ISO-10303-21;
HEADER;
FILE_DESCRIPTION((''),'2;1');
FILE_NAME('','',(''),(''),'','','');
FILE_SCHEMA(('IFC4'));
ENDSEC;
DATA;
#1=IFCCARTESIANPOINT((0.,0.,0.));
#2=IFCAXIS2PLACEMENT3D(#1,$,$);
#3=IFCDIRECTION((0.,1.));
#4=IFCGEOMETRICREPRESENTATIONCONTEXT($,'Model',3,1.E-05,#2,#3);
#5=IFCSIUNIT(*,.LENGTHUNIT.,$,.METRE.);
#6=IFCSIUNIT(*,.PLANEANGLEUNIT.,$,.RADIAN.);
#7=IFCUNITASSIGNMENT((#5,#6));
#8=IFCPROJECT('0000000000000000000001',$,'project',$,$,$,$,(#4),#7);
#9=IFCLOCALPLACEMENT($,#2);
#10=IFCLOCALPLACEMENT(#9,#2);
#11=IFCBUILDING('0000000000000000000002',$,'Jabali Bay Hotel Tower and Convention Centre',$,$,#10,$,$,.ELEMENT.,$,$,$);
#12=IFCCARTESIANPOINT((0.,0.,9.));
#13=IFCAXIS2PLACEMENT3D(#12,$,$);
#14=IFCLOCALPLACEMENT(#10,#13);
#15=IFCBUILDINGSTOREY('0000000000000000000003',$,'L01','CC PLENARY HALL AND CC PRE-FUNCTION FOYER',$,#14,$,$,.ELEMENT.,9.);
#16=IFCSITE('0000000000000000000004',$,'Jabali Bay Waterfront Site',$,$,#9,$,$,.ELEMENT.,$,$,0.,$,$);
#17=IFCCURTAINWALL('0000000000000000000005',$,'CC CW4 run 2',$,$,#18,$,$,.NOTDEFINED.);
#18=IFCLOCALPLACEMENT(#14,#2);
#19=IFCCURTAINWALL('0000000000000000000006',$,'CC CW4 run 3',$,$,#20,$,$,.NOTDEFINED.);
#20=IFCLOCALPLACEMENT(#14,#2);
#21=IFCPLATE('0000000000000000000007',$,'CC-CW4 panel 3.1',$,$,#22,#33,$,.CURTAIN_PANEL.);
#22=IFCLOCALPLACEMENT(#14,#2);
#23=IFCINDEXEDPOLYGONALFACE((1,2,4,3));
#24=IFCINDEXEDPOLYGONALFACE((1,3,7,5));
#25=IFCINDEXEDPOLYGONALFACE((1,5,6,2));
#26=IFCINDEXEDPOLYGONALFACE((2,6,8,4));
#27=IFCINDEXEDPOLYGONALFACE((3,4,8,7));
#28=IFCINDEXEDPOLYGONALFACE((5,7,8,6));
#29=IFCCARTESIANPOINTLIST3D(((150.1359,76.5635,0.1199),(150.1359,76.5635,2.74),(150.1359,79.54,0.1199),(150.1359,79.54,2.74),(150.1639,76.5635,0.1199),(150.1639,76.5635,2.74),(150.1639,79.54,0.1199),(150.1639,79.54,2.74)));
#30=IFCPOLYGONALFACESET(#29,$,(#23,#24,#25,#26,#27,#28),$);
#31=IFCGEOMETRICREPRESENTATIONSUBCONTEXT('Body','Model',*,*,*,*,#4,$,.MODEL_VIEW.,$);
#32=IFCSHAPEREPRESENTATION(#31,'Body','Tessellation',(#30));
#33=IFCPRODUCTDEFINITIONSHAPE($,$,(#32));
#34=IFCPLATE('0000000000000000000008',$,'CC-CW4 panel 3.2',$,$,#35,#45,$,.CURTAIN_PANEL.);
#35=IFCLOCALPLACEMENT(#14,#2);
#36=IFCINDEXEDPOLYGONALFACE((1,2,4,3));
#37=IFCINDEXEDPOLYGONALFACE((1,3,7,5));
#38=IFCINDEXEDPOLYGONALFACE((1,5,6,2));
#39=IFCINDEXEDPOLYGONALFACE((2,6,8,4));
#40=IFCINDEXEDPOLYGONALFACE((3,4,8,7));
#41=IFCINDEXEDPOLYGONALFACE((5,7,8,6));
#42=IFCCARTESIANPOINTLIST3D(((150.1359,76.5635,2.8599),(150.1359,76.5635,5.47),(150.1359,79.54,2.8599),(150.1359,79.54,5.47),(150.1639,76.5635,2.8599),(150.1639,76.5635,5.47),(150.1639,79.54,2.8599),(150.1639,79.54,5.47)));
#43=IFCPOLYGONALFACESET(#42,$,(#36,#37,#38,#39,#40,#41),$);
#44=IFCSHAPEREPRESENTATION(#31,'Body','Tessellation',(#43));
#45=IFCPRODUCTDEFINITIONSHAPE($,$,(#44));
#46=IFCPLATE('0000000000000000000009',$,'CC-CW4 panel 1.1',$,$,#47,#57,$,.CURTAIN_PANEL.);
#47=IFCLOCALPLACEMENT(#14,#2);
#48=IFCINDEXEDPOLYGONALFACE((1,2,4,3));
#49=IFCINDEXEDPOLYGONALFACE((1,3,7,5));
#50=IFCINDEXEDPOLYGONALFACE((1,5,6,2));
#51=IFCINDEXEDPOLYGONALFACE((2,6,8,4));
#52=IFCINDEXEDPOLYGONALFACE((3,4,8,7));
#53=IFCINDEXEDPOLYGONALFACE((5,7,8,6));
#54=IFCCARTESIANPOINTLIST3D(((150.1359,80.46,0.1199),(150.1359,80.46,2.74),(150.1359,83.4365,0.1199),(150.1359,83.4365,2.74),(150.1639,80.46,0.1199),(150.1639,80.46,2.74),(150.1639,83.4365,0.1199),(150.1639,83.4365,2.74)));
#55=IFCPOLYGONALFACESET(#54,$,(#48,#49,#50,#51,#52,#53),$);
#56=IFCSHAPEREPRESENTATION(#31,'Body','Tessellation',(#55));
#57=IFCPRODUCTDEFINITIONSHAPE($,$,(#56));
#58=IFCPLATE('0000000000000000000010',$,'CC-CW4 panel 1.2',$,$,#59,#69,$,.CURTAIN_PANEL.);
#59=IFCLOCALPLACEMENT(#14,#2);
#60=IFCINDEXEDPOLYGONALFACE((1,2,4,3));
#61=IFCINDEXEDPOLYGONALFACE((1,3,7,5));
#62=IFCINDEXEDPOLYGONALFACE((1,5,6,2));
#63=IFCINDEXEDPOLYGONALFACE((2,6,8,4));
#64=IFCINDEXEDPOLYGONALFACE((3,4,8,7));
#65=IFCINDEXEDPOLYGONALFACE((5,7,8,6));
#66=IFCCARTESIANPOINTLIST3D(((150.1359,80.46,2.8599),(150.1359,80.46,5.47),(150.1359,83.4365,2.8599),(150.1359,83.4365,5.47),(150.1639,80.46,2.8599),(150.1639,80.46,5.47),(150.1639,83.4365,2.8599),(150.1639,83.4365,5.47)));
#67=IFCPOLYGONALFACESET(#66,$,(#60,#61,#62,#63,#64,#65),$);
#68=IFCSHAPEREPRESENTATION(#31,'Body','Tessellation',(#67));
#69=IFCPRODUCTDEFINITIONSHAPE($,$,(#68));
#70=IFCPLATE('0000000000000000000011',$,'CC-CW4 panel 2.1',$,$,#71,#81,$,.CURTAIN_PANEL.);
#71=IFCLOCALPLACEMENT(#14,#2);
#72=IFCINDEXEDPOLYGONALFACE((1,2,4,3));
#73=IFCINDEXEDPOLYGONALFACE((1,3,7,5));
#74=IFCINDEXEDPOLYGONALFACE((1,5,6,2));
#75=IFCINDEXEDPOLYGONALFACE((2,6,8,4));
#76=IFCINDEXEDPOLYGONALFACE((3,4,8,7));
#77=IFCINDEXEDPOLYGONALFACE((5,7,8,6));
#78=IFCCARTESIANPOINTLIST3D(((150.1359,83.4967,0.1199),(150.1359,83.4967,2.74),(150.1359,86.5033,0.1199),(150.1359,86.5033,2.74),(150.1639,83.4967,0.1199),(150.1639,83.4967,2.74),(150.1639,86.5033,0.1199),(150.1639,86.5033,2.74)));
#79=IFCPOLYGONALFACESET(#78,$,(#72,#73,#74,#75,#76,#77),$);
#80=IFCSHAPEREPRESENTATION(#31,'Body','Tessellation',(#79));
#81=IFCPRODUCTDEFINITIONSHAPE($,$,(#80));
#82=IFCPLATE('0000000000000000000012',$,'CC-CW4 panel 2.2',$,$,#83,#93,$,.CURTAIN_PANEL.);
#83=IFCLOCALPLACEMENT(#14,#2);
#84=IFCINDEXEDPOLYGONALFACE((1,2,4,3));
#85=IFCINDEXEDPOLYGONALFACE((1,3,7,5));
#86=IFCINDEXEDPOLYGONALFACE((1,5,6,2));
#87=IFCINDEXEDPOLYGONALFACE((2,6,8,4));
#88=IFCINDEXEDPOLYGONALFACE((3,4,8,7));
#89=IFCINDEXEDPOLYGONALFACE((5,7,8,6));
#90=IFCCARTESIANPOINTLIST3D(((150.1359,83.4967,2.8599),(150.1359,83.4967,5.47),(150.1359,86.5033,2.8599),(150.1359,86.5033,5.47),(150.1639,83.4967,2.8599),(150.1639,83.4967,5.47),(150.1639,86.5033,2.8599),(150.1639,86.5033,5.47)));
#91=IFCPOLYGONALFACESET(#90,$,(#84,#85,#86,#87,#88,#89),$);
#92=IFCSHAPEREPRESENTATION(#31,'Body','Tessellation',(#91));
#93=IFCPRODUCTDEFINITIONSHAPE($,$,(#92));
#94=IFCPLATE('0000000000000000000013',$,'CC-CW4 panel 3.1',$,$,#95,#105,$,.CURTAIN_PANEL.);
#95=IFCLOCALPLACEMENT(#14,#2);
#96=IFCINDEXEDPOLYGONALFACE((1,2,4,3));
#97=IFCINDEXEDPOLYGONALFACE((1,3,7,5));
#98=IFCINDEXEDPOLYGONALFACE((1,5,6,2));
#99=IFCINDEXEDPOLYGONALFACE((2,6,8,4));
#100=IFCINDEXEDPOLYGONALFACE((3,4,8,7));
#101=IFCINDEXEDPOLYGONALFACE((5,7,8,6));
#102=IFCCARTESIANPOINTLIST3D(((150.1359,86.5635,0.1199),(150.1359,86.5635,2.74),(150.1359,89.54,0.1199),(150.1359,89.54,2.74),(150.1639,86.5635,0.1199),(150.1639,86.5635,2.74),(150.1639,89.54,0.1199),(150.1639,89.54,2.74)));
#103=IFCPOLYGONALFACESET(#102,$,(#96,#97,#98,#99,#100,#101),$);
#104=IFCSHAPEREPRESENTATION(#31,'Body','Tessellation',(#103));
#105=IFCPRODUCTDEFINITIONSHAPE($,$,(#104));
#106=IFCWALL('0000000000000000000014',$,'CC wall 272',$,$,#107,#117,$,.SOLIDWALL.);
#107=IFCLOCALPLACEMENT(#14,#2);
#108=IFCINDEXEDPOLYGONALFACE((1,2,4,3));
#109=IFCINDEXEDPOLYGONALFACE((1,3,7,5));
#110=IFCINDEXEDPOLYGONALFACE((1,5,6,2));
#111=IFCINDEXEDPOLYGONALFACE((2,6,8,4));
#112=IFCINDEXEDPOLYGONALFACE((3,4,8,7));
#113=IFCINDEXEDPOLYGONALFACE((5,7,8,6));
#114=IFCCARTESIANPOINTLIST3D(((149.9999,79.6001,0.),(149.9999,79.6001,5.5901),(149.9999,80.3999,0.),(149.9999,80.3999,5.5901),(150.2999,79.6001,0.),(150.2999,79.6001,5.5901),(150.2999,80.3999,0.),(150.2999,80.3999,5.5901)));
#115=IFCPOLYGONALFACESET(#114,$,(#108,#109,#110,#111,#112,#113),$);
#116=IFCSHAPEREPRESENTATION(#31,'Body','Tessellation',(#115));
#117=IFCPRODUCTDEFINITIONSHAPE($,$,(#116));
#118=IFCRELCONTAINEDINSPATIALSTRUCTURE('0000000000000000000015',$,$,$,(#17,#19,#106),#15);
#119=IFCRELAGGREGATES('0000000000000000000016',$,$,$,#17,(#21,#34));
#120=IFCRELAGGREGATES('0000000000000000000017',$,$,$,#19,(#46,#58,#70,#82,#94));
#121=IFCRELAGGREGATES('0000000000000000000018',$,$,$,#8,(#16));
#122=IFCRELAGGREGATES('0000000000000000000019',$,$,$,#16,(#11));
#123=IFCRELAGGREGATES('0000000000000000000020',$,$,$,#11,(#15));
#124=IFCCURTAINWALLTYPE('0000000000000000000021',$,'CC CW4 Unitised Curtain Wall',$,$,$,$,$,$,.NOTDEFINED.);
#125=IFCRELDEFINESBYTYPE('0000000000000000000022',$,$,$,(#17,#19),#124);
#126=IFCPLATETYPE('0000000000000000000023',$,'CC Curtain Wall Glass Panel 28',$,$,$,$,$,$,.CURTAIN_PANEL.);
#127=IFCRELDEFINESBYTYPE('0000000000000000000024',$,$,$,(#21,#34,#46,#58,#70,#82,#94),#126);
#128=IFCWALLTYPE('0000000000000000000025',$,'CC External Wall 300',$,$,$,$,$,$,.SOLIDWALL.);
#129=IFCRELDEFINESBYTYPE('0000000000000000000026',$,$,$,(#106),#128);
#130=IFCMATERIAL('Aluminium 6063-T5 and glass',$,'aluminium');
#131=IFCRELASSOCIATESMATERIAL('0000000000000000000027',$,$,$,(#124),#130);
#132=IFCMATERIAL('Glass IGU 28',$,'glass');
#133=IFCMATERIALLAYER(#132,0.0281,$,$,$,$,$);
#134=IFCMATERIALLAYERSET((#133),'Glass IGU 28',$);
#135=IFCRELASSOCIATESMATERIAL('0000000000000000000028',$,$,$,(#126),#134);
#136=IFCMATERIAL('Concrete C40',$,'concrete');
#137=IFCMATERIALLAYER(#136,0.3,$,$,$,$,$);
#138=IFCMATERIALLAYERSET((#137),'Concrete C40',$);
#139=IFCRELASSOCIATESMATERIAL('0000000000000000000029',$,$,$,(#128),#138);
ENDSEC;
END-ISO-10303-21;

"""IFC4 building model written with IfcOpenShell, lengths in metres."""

from ifc_helpers import new_model, si_unit, direction, frame, frame_2d, origin, origin_2d, place, context, subcontext, project, spatial, rectangle, extrude, material, layer, layer_set, type_object, element, aggregate, save


model = new_model("IFC4")

# Units and contexts
model_context = context("Model", 3, precision=1e-05, world=origin(), true_north=direction((0.0, 1.0)))
body_context = subcontext(model_context, "Body", "Model", "MODEL_VIEW")
ifc_project = project(units=[si_unit("LENGTHUNIT", "METRE"), si_unit("PLANEANGLEUNIT", "RADIAN")], contexts=[model_context])

# Site, building, storey
site_placement = place(None, origin())
site = spatial("IfcSite", under=ifc_project, at=site_placement, Name="Jabali Bay Waterfront Site", CompositionType="ELEMENT", RefElevation=0.0)
building_placement = place(site_placement, origin())
building = spatial("IfcBuilding", under=site, at=building_placement, Name="Jabali Bay Hotel Tower and Convention Centre", CompositionType="ELEMENT")
storey_placement = place(building_placement, frame((0.0, 0.0, 9.0)))
storey = spatial("IfcBuildingStorey", under=building, at=storey_placement, Name="L01", Description="CC PLENARY HALL AND CC PRE-FUNCTION FOYER", CompositionType="ELEMENT", Elevation=9.0)

# Curtain wall
ifc_material_1 = material(Name="Aluminium 6063-T5 and glass", Category="aluminium")
curtain_wall_type = type_object("IfcCurtainWallType", Name="CC CW4 Unitised Curtain Wall", PredefinedType="NOTDEFINED", material=ifc_material_1)
curtain_wall_1_placement = place(storey_placement, origin())
curtain_wall_1 = element("IfcCurtainWall", 1, at=curtain_wall_1_placement, inside=storey, type_object=curtain_wall_type, Name="CC CW4 run 2", PredefinedType="NOTDEFINED")

# Curtain wall
curtain_wall_2_placement = place(storey_placement, origin())
curtain_wall_2 = element("IfcCurtainWall", 2, at=curtain_wall_2_placement, inside=storey, type_object=curtain_wall_type, Name="CC CW4 run 3", PredefinedType="NOTDEFINED")

# Plates
ifc_material_2 = material(Name="Glass IGU 28", Category="glass")
ifc_layer_1 = layer(ifc_material_2, 0.0281)
ifc_layer_set_1 = layer_set([ifc_layer_1], Name="Glass IGU 28")
plate_type = type_object("IfcPlateType", Name="CC Curtain Wall Glass Panel 28", PredefinedType="CURTAIN_PANEL", material=ifc_layer_set_1)
plate_1_placement = place(storey_placement, frame((150.1499, 78.0518, 0.1199), z_axis=(0.0, 0.0, 1.0), x_axis=(0.0, 1.0, 0.0)))
plate_1 = element("IfcPlate", 3, at=plate_1_placement, type_object=plate_type, Name="CC-CW4 panel 3.1", PredefinedType="CURTAIN_PANEL", context=body_context, shape_type="SweptSolid", body=[
    extrude(rectangle(XDim=2.9766, YDim=0.0281, at=origin_2d()), origin(), (0.0, 0.0, 1.0), 2.6201),
])
plate_2_placement = place(storey_placement, frame((150.1499, 78.0518, 2.8599), z_axis=(0.0, 0.0, 1.0), x_axis=(0.0, 1.0, 0.0)))
plate_2 = element("IfcPlate", 4, at=plate_2_placement, type_object=plate_type, Name="CC-CW4 panel 3.2", PredefinedType="CURTAIN_PANEL", context=body_context, shape_type="SweptSolid", body=[
    extrude(rectangle(XDim=2.9766, YDim=0.0281, at=origin_2d()), origin(), (0.0, 0.0, 1.0), 2.6101),
])
aggregate(curtain_wall_1, [plate_1, plate_2])
plate_3_placement = place(storey_placement, frame((150.1499, 81.9482, 0.1199), z_axis=(0.0, 0.0, 1.0), x_axis=(0.0, 1.0, 0.0)))
plate_3 = element("IfcPlate", 5, at=plate_3_placement, type_object=plate_type, Name="CC-CW4 panel 1.1", PredefinedType="CURTAIN_PANEL", context=body_context, shape_type="SweptSolid", body=[
    extrude(rectangle(XDim=2.9766, YDim=0.0281, at=origin_2d()), origin(), (0.0, 0.0, 1.0), 2.6201),
])
plate_4_placement = place(storey_placement, frame((150.1499, 81.9482, 2.8599), z_axis=(0.0, 0.0, 1.0), x_axis=(0.0, 1.0, 0.0)))
plate_4 = element("IfcPlate", 6, at=plate_4_placement, type_object=plate_type, Name="CC-CW4 panel 1.2", PredefinedType="CURTAIN_PANEL", context=body_context, shape_type="SweptSolid", body=[
    extrude(rectangle(XDim=2.9766, YDim=0.0281, at=origin_2d()), origin(), (0.0, 0.0, 1.0), 2.6101),
])
plate_5_placement = place(storey_placement, frame((150.1499, 85.0, 0.1199), z_axis=(0.0, 0.0, 1.0), x_axis=(0.0, 1.0, 0.0)))
plate_5 = element("IfcPlate", 7, at=plate_5_placement, type_object=plate_type, Name="CC-CW4 panel 2.1", PredefinedType="CURTAIN_PANEL", context=body_context, shape_type="SweptSolid", body=[
    extrude(rectangle(XDim=3.0066, YDim=0.0281, at=origin_2d()), origin(), (0.0, 0.0, 1.0), 2.6201),
])
plate_6_placement = place(storey_placement, frame((150.1499, 85.0, 2.8599), z_axis=(0.0, 0.0, 1.0), x_axis=(0.0, 1.0, 0.0)))
plate_6 = element("IfcPlate", 8, at=plate_6_placement, type_object=plate_type, Name="CC-CW4 panel 2.2", PredefinedType="CURTAIN_PANEL", context=body_context, shape_type="SweptSolid", body=[
    extrude(rectangle(XDim=3.0066, YDim=0.0281, at=origin_2d()), origin(), (0.0, 0.0, 1.0), 2.6101),
])
plate_7_placement = place(storey_placement, frame((150.1499, 88.0518, 0.1199), z_axis=(0.0, 0.0, 1.0), x_axis=(0.0, 1.0, 0.0)))
plate_7 = element("IfcPlate", 9, at=plate_7_placement, type_object=plate_type, Name="CC-CW4 panel 3.1", PredefinedType="CURTAIN_PANEL", context=body_context, shape_type="SweptSolid", body=[
    extrude(rectangle(XDim=2.9766, YDim=0.0281, at=origin_2d()), origin(), (0.0, 0.0, 1.0), 2.6201),
])
aggregate(curtain_wall_2, [plate_3, plate_4, plate_5, plate_6, plate_7])

# Wall
ifc_material_3 = material(Name="Concrete C40", Category="concrete")
ifc_layer_2 = layer(ifc_material_3, 0.3)
ifc_layer_set_2 = layer_set([ifc_layer_2], Name="Concrete C40")
wall_type = type_object("IfcWallType", Name="CC External Wall 300", PredefinedType="SOLIDWALL", material=ifc_layer_set_2)
wall_placement = place(storey_placement, frame((150.1499, 79.6001, 0.0), z_axis=(0.0, 0.0, 1.0), x_axis=(0.0, 1.0, 0.0)))
element("IfcWall", 10, at=wall_placement, inside=storey, type_object=wall_type, Name="CC wall 272", PredefinedType="SOLIDWALL", context=body_context, shape_type="SweptSolid", body=[
    extrude(rectangle(XDim=0.7998, YDim=0.3, at=frame_2d((0.3999, 0.0))), origin(), (0.0, 0.0, 1.0), 5.5901),
])

save(model, "model.ifc")
